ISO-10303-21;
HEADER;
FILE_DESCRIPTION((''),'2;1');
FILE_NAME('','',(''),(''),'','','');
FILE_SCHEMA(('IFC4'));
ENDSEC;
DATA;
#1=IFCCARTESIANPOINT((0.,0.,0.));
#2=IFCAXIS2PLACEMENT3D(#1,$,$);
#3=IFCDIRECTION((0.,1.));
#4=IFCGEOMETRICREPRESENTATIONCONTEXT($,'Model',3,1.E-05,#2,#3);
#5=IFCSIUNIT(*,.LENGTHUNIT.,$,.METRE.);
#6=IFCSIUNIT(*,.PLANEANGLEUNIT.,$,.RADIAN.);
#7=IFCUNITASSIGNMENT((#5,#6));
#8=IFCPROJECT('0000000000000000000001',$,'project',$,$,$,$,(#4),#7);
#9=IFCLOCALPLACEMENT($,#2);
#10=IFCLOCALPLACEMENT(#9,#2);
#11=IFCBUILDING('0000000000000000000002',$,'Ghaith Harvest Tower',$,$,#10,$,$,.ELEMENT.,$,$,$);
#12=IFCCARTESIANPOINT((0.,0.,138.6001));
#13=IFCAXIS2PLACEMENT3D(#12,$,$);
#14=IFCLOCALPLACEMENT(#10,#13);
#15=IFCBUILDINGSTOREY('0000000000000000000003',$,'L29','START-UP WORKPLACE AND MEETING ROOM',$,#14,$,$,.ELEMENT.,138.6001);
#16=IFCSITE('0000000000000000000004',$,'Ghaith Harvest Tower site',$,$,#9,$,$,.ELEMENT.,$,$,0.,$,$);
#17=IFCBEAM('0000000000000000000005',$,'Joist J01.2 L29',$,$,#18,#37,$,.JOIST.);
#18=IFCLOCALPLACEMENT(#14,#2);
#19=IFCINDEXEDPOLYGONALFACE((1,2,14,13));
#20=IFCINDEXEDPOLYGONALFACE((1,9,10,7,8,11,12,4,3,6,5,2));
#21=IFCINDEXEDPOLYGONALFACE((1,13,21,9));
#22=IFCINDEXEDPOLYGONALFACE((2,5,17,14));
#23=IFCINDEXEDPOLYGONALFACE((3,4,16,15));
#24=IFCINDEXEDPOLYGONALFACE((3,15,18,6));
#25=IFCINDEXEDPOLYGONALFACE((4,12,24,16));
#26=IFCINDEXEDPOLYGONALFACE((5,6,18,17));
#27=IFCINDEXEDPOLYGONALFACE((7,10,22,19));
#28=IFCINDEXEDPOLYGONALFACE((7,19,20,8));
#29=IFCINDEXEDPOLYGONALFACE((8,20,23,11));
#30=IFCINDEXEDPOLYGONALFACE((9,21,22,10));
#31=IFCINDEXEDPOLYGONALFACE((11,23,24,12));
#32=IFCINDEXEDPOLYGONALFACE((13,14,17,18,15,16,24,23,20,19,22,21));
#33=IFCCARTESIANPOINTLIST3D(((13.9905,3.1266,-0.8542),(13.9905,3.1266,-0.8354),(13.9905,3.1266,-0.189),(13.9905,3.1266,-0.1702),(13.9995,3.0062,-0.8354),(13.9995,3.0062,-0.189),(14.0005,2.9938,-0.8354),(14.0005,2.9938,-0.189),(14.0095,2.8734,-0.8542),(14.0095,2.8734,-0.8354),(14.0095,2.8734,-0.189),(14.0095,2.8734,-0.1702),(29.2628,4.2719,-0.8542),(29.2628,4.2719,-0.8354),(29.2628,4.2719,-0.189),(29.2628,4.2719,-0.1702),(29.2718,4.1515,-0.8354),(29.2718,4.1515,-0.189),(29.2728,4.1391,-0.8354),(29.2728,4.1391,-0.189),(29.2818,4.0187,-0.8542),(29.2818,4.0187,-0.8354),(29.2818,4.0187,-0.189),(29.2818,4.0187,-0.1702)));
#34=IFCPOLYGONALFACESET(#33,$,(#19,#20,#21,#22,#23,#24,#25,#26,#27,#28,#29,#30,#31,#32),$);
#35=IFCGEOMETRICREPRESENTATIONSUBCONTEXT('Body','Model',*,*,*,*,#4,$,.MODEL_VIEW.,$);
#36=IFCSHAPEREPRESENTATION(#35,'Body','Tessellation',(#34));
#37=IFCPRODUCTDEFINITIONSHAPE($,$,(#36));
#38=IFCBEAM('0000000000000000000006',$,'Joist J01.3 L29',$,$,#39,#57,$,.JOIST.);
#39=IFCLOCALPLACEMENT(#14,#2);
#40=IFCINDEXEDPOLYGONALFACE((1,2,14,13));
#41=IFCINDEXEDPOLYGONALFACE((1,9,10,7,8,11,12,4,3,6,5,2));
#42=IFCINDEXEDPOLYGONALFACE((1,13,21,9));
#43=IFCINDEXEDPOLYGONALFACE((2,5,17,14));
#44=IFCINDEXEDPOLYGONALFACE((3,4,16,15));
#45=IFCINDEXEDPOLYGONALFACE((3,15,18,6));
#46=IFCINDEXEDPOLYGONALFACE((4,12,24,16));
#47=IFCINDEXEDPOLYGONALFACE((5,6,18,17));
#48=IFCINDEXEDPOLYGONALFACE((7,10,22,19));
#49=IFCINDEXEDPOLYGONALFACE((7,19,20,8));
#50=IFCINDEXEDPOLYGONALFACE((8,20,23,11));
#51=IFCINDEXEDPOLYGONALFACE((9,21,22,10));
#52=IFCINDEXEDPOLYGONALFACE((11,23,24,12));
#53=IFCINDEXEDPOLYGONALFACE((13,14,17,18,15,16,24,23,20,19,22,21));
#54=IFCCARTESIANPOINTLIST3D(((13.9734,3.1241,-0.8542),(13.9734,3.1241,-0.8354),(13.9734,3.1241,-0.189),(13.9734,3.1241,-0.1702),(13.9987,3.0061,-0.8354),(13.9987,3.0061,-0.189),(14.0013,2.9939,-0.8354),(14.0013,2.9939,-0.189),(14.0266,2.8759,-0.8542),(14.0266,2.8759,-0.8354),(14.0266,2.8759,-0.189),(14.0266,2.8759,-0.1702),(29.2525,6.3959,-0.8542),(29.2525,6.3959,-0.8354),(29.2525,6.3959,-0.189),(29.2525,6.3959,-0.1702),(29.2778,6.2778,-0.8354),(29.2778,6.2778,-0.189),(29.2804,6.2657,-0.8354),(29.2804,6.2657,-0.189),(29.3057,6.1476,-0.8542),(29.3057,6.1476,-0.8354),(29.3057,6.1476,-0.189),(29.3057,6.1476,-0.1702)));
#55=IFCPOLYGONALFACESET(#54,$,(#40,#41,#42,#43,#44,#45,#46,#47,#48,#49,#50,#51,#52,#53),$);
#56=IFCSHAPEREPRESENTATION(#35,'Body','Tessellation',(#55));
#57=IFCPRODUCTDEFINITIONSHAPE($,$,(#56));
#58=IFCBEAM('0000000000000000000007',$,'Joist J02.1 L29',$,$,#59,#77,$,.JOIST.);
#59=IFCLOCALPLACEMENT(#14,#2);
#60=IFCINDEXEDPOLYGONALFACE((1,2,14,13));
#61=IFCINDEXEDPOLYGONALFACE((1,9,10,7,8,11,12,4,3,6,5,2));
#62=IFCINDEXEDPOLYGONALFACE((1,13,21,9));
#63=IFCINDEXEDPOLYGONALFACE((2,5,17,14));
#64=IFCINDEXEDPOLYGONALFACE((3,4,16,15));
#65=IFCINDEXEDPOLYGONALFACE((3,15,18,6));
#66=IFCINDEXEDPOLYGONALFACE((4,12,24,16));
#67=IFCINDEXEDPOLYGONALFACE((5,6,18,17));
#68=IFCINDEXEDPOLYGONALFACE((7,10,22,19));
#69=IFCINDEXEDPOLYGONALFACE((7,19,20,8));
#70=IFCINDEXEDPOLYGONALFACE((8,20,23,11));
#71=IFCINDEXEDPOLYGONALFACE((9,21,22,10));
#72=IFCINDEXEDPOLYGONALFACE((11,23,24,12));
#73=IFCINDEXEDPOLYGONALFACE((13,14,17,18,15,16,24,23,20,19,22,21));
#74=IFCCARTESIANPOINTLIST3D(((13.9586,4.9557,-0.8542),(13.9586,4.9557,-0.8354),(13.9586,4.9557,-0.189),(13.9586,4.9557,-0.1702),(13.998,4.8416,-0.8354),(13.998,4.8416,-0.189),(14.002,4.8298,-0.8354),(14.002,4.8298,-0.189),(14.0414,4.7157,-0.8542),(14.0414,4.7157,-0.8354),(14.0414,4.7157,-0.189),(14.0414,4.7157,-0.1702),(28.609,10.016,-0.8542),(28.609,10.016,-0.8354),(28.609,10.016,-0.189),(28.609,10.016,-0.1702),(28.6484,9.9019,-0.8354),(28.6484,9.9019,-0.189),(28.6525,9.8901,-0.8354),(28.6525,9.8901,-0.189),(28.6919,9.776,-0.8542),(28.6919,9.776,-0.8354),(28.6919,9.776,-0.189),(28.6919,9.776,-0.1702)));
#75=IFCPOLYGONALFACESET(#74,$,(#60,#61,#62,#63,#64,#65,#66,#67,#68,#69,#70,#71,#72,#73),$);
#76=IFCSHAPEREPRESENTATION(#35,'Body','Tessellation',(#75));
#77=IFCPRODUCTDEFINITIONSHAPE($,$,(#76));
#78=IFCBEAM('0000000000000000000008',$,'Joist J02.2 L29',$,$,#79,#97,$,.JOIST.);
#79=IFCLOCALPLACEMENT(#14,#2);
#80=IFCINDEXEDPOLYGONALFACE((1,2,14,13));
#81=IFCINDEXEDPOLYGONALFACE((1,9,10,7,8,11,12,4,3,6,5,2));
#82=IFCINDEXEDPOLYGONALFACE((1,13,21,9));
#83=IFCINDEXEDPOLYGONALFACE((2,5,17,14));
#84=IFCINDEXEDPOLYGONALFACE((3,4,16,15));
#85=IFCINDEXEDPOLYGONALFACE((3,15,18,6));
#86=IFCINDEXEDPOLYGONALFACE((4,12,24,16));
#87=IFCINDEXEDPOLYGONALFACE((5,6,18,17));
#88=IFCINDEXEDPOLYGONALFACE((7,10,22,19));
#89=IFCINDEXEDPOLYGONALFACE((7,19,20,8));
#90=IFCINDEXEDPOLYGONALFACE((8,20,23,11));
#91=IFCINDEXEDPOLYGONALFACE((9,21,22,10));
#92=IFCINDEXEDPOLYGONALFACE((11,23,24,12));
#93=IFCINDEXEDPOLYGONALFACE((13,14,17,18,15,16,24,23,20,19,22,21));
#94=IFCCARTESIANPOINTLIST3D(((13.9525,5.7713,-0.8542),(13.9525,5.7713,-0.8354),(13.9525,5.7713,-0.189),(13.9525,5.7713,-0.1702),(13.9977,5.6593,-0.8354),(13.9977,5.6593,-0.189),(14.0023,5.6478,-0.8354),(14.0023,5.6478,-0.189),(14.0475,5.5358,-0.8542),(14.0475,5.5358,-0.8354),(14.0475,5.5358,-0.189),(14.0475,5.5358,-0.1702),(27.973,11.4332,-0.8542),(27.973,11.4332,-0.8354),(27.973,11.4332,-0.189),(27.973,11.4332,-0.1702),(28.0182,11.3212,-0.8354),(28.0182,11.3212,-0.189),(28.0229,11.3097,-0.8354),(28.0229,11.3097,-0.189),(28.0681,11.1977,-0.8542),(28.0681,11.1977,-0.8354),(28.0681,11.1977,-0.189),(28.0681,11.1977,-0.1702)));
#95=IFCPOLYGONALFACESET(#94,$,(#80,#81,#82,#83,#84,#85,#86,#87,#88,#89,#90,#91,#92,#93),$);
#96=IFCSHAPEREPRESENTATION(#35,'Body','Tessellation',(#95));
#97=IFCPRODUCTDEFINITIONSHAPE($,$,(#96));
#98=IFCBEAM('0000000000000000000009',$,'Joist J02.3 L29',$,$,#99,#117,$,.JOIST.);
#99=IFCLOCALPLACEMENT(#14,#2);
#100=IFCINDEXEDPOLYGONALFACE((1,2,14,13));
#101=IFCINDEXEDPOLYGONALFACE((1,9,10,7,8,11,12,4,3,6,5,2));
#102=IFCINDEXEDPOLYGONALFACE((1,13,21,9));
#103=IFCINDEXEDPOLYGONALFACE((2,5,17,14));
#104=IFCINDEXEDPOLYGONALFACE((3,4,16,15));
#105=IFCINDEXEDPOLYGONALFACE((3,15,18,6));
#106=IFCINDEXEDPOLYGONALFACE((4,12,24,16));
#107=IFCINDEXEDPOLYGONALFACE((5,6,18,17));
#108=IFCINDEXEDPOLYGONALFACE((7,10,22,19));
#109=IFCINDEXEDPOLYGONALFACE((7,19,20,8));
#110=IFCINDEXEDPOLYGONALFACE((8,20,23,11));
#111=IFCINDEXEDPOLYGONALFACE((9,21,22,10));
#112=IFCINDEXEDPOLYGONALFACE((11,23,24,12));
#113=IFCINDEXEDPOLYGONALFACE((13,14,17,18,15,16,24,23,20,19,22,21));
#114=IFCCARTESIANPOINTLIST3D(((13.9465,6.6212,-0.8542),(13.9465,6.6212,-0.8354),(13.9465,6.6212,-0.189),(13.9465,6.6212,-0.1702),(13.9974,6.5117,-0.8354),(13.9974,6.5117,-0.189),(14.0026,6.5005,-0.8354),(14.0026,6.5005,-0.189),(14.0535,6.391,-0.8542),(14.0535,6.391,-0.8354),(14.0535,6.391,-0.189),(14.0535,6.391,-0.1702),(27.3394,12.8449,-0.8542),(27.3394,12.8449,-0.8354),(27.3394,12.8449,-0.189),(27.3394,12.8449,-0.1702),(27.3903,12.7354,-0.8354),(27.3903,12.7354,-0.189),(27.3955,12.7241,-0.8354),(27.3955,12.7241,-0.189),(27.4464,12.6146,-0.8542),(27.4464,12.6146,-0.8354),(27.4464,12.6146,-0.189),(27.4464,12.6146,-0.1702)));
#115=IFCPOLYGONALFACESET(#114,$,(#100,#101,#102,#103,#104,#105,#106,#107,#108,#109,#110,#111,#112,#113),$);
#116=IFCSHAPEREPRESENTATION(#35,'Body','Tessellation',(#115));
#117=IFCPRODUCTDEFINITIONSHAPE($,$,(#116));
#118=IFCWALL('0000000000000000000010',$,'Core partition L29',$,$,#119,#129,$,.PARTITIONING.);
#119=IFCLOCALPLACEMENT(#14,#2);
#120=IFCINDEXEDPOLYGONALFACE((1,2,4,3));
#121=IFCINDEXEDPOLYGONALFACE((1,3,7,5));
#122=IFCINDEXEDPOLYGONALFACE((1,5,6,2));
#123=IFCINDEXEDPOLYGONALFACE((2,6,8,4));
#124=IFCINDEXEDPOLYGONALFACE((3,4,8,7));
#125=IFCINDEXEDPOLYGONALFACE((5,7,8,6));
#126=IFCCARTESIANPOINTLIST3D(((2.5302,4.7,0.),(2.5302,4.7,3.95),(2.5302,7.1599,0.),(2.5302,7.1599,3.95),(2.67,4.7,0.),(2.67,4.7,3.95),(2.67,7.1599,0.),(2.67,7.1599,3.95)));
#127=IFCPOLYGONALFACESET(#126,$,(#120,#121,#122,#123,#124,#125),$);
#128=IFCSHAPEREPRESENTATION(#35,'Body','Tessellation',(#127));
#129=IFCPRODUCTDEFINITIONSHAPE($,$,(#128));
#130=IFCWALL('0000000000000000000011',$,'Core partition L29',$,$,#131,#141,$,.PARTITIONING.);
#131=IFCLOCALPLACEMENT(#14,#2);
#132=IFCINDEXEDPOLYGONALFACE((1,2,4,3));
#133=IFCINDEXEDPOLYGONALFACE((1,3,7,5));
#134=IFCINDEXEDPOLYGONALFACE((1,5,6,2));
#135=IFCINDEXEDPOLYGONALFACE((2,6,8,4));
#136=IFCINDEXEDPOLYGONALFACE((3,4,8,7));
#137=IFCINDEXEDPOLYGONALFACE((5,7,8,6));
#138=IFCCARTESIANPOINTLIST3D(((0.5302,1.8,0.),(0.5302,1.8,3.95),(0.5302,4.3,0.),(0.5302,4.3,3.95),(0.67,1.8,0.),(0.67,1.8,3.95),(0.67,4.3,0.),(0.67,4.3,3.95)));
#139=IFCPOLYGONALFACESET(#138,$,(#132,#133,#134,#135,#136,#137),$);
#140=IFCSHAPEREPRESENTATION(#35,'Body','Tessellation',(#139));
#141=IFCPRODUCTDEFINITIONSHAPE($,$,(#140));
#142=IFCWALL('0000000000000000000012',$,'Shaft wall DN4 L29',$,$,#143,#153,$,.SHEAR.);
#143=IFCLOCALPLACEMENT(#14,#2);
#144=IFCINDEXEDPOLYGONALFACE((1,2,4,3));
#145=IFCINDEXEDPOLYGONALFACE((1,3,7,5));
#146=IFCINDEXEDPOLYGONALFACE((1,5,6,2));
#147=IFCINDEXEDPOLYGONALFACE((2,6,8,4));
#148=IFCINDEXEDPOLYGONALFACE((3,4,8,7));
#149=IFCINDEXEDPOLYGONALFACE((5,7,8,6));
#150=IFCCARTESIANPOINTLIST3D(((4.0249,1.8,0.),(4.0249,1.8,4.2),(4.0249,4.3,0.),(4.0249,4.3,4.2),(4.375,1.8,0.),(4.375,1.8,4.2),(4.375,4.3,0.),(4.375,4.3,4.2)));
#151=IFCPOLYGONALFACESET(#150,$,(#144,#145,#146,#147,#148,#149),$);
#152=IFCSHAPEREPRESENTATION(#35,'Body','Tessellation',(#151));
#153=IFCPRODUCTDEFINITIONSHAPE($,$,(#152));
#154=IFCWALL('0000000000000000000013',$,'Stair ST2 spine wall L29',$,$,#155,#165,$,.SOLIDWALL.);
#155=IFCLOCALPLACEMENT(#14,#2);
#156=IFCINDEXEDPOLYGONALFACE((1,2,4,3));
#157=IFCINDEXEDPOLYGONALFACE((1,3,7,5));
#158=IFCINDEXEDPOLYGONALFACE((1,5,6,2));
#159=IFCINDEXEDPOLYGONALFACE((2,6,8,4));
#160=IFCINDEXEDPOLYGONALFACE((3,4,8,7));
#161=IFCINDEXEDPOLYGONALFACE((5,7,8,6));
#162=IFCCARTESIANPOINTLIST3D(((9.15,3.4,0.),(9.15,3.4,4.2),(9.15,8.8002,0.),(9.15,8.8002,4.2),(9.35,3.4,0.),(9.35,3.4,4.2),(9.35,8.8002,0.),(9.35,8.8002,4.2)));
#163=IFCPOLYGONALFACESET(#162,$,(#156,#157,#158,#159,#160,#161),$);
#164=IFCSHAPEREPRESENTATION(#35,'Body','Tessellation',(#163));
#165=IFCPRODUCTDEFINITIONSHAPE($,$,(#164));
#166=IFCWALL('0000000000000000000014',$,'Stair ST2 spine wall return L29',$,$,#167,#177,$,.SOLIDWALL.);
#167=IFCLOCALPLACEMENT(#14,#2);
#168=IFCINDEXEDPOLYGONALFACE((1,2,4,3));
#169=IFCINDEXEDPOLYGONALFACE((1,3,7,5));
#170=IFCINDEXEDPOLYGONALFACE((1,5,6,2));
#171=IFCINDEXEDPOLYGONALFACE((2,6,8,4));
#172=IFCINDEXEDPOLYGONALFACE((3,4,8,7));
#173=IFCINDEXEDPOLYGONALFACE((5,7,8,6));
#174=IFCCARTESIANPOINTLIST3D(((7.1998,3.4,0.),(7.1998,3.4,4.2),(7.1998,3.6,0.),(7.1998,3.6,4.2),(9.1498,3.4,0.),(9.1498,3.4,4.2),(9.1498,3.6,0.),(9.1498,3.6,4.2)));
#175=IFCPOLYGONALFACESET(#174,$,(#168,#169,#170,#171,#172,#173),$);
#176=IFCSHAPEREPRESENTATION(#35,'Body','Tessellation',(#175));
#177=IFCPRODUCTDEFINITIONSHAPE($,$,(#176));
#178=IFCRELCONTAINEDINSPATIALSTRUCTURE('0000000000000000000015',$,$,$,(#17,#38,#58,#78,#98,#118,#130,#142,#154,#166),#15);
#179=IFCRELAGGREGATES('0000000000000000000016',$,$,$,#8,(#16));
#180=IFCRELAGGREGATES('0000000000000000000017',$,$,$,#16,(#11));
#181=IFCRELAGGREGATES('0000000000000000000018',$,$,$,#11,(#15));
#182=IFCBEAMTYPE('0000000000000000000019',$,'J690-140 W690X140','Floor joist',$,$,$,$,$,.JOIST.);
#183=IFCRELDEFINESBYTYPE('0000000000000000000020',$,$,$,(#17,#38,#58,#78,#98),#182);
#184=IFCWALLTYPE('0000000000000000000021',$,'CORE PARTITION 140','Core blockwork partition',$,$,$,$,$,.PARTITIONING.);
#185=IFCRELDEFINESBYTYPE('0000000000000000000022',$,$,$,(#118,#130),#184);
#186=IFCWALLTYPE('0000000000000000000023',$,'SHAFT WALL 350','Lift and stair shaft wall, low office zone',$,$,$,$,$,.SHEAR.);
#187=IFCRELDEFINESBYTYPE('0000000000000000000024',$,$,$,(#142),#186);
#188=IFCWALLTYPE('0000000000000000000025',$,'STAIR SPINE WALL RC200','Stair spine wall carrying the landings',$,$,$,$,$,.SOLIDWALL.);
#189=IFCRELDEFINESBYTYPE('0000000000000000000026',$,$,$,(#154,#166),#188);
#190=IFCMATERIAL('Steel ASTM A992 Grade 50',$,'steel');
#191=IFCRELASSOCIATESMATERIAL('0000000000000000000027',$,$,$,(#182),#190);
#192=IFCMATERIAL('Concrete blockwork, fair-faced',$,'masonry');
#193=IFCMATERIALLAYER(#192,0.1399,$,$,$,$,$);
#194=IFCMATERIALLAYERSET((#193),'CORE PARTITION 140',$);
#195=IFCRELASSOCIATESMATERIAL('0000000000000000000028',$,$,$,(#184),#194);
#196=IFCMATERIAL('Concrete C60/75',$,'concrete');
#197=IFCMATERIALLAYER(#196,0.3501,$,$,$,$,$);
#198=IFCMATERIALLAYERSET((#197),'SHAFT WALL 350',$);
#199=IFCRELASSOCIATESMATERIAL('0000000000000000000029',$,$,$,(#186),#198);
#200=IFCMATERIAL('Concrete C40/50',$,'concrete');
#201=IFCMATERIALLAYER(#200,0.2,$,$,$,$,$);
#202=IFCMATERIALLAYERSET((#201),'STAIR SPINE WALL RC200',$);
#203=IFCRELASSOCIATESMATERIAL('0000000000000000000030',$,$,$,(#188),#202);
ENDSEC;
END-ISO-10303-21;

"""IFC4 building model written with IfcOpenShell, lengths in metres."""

from ifc_helpers import new_model, si_unit, direction, frame, frame_2d, origin, origin_2d, place, context, subcontext, project, spatial, rectangle, i_section, extrude, material, layer, layer_set, material_profile, profile_set, type_object, element, save


model = new_model("IFC4")

# Units and contexts
model_context = context("Model", 3, precision=1e-05, world=origin(), true_north=direction((0.0, 1.0)))
body_context = subcontext(model_context, "Body", "Model", "MODEL_VIEW")
ifc_project = project(units=[si_unit("LENGTHUNIT", "METRE"), si_unit("PLANEANGLEUNIT", "RADIAN")], contexts=[model_context])

# Site, building, storey
site_placement = place(None, origin())
site = spatial("IfcSite", under=ifc_project, at=site_placement, Name="Ghaith Harvest Tower site", CompositionType="ELEMENT", RefElevation=0.0)
building_placement = place(site_placement, origin())
building = spatial("IfcBuilding", under=site, at=building_placement, Name="Ghaith Harvest Tower", CompositionType="ELEMENT")
storey_placement = place(building_placement, frame((0.0, 0.0, 138.6001)))
storey = spatial("IfcBuildingStorey", under=building, at=storey_placement, Name="L29", Description="START-UP WORKPLACE AND MEETING ROOM", CompositionType="ELEMENT", Elevation=138.6001)

# Beams
ifc_material_1 = material(Name="Steel ASTM A992 Grade 50", Category="steel")
ifc_material_profile_1 = material_profile(ifc_material_1, i_section(OverallWidth=0.2539, OverallDepth=0.6841, WebThickness=0.0125, FlangeThickness=0.0188, at=origin_2d()), Name="W690X140")
ifc_profile_set_1 = profile_set([ifc_material_profile_1], Name="Steel ASTM A992 Grade 50")
beam_type_1 = type_object("IfcBeamType", Name="J690-140 W690X140", Description="Floor joist", PredefinedType="JOIST", material=ifc_profile_set_1)
beam_1_placement = place(storey_placement, frame((14.0, 3.0, -0.5122), z_axis=(0.9972, 0.07478, 0.0), x_axis=(-0.07478, 0.9972, 0.0)))
element("IfcBeam", 1, at=beam_1_placement, inside=storey, type_object=beam_type_1, Name="Joist J01.2 L29", PredefinedType="JOIST", context=body_context, shape_type="SweptSolid", body=[
    extrude(i_section(OverallWidth=0.2539, OverallDepth=0.6841, WebThickness=0.0125, FlangeThickness=0.0188, at=origin_2d()), origin(), (0.0, 0.0, 1.0), 15.3152),
])
beam_2_placement = place(storey_placement, frame((14.0, 3.0, -0.5122), z_axis=(0.977833, 0.209385, 0.0), x_axis=(-0.209385, 0.977833, 0.0)))
element("IfcBeam", 2, at=beam_2_placement, inside=storey, type_object=beam_type_1, Name="Joist J01.3 L29", PredefinedType="JOIST", context=body_context, shape_type="SweptSolid", body=[
    extrude(i_section(OverallWidth=0.2539, OverallDepth=0.6841, WebThickness=0.0125, FlangeThickness=0.0188, at=origin_2d()), origin(), (0.0, 0.0, 1.0), 15.6255),
])
beam_3_placement = place(storey_placement, frame((14.0, 4.8357, -0.5122), z_axis=(0.945205, 0.326478, 0.0), x_axis=(-0.326478, 0.945205, 0.0)))
element("IfcBeam", 3, at=beam_3_placement, inside=storey, type_object=beam_type_1, Name="Joist J02.1 L29", PredefinedType="JOIST", context=body_context, shape_type="SweptSolid", body=[
    extrude(i_section(OverallWidth=0.2539, OverallDepth=0.6841, WebThickness=0.0125, FlangeThickness=0.0188, at=origin_2d()), origin(), (0.0, 0.0, 1.0), 15.4998),
])
beam_4_placement = place(storey_placement, frame((14.0, 5.6536, -0.5122), z_axis=(0.927248, 0.374448, 0.0), x_axis=(-0.374448, 0.927248, 0.0)))
element("IfcBeam", 4, at=beam_4_placement, inside=storey, type_object=beam_type_1, Name="Joist J02.2 L29", PredefinedType="JOIST", context=body_context, shape_type="SweptSolid", body=[
    extrude(i_section(OverallWidth=0.2539, OverallDepth=0.6841, WebThickness=0.0125, FlangeThickness=0.0188, at=origin_2d()), origin(), (0.0, 0.0, 1.0), 15.1206),
])
beam_5_placement = place(storey_placement, frame((14.0, 6.5061, -0.5122), z_axis=(0.906866, 0.42142, 0.0), x_axis=(-0.42142, 0.906866, 0.0)))
element("IfcBeam", 5, at=beam_5_placement, inside=storey, type_object=beam_type_1, Name="Joist J02.3 L29", PredefinedType="JOIST", context=body_context, shape_type="SweptSolid", body=[
    extrude(i_section(OverallWidth=0.2539, OverallDepth=0.6841, WebThickness=0.0125, FlangeThickness=0.0188, at=origin_2d()), origin(), (0.0, 0.0, 1.0), 14.7683),
])

# Walls
ifc_material_2 = material(Name="Concrete blockwork, fair-faced", Category="masonry")
ifc_layer_1 = layer(ifc_material_2, 0.1399)
ifc_layer_set_1 = layer_set([ifc_layer_1], Name="CORE PARTITION 140")
wall_type_1 = type_object("IfcWallType", Name="CORE PARTITION 140", Description="Core blockwork partition", PredefinedType="PARTITIONING", material=ifc_layer_set_1)
wall_1_placement = place(storey_placement, frame((2.6001, 4.7, 0.0), z_axis=(0.0, 0.0, 1.0), x_axis=(0.0, 1.0, 0.0)))
element("IfcWall", 6, at=wall_1_placement, inside=storey, type_object=wall_type_1, Name="Core partition L29", PredefinedType="PARTITIONING", context=body_context, shape_type="SweptSolid", body=[
    extrude(rectangle(XDim=2.46, YDim=0.1399, at=frame_2d((1.23, 0.0))), origin(), (0.0, 0.0, 1.0), 3.95),
])
wall_2_placement = place(storey_placement, frame((0.6001, 1.8, 0.0), z_axis=(0.0, 0.0, 1.0), x_axis=(0.0, 1.0, 0.0)))
element("IfcWall", 7, at=wall_2_placement, inside=storey, type_object=wall_type_1, Name="Core partition L29", PredefinedType="PARTITIONING", context=body_context, shape_type="SweptSolid", body=[
    extrude(rectangle(XDim=2.5, YDim=0.1399, at=frame_2d((1.25, 0.0))), origin(), (0.0, 0.0, 1.0), 3.95),
])

# Shared definitions
ifc_material_3 = material(Name="Concrete C60/75", Category="concrete")
ifc_layer_2 = layer(ifc_material_3, 0.3501)
ifc_layer_set_2 = layer_set([ifc_layer_2], Name="SHAFT WALL 350")
wall_type_2 = type_object("IfcWallType", Name="SHAFT WALL 350", Description="Lift and stair shaft wall, low office zone", PredefinedType="SHEAR", material=ifc_layer_set_2)

# Walls
wall_3_placement = place(storey_placement, frame((4.2, 1.8, 0.0), z_axis=(0.0, 0.0, 1.0), x_axis=(0.0, 1.0, 0.0)))
element("IfcWall", 8, at=wall_3_placement, inside=storey, type_object=wall_type_2, Name="Shaft wall DN4 L29", PredefinedType="SHEAR", context=body_context, shape_type="SweptSolid", body=[
    extrude(rectangle(XDim=2.5, YDim=0.3501, at=frame_2d((1.25, 0.0))), origin(), (0.0, 0.0, 1.0), 4.2),
])
ifc_material_4 = material(Name="Concrete C40/50", Category="concrete")
ifc_layer_3 = layer(ifc_material_4, 0.2)
ifc_layer_set_3 = layer_set([ifc_layer_3], Name="STAIR SPINE WALL RC200")
wall_type_3 = type_object("IfcWallType", Name="STAIR SPINE WALL RC200", Description="Stair spine wall carrying the landings", PredefinedType="SOLIDWALL", material=ifc_layer_set_3)
wall_4_placement = place(storey_placement, frame((9.25, 3.3999, 0.0), z_axis=(0.0, 0.0, 1.0), x_axis=(0.0, 1.0, 0.0)))
element("IfcWall", 9, at=wall_4_placement, inside=storey, type_object=wall_type_3, Name="Stair ST2 spine wall L29", PredefinedType="SOLIDWALL", context=body_context, shape_type="SweptSolid", body=[
    extrude(rectangle(XDim=5.4001, YDim=0.2, at=frame_2d((2.7002, 0.0))), origin(), (0.0, 0.0, 1.0), 4.2),
])
wall_5_placement = place(storey_placement, frame((9.1499, 3.5, 0.0), z_axis=(0.0, 0.0, 1.0), x_axis=(-1.0, 0.0, 0.0)))
element("IfcWall", 10, at=wall_5_placement, inside=storey, type_object=wall_type_3, Name="Stair ST2 spine wall return L29", PredefinedType="SOLIDWALL", context=body_context, shape_type="SweptSolid", body=[
    extrude(rectangle(XDim=1.95, YDim=0.2, at=frame_2d((0.9751, 0.0))), origin(), (0.0, 0.0, 1.0), 4.2),
])

save(model, "model.ifc")
